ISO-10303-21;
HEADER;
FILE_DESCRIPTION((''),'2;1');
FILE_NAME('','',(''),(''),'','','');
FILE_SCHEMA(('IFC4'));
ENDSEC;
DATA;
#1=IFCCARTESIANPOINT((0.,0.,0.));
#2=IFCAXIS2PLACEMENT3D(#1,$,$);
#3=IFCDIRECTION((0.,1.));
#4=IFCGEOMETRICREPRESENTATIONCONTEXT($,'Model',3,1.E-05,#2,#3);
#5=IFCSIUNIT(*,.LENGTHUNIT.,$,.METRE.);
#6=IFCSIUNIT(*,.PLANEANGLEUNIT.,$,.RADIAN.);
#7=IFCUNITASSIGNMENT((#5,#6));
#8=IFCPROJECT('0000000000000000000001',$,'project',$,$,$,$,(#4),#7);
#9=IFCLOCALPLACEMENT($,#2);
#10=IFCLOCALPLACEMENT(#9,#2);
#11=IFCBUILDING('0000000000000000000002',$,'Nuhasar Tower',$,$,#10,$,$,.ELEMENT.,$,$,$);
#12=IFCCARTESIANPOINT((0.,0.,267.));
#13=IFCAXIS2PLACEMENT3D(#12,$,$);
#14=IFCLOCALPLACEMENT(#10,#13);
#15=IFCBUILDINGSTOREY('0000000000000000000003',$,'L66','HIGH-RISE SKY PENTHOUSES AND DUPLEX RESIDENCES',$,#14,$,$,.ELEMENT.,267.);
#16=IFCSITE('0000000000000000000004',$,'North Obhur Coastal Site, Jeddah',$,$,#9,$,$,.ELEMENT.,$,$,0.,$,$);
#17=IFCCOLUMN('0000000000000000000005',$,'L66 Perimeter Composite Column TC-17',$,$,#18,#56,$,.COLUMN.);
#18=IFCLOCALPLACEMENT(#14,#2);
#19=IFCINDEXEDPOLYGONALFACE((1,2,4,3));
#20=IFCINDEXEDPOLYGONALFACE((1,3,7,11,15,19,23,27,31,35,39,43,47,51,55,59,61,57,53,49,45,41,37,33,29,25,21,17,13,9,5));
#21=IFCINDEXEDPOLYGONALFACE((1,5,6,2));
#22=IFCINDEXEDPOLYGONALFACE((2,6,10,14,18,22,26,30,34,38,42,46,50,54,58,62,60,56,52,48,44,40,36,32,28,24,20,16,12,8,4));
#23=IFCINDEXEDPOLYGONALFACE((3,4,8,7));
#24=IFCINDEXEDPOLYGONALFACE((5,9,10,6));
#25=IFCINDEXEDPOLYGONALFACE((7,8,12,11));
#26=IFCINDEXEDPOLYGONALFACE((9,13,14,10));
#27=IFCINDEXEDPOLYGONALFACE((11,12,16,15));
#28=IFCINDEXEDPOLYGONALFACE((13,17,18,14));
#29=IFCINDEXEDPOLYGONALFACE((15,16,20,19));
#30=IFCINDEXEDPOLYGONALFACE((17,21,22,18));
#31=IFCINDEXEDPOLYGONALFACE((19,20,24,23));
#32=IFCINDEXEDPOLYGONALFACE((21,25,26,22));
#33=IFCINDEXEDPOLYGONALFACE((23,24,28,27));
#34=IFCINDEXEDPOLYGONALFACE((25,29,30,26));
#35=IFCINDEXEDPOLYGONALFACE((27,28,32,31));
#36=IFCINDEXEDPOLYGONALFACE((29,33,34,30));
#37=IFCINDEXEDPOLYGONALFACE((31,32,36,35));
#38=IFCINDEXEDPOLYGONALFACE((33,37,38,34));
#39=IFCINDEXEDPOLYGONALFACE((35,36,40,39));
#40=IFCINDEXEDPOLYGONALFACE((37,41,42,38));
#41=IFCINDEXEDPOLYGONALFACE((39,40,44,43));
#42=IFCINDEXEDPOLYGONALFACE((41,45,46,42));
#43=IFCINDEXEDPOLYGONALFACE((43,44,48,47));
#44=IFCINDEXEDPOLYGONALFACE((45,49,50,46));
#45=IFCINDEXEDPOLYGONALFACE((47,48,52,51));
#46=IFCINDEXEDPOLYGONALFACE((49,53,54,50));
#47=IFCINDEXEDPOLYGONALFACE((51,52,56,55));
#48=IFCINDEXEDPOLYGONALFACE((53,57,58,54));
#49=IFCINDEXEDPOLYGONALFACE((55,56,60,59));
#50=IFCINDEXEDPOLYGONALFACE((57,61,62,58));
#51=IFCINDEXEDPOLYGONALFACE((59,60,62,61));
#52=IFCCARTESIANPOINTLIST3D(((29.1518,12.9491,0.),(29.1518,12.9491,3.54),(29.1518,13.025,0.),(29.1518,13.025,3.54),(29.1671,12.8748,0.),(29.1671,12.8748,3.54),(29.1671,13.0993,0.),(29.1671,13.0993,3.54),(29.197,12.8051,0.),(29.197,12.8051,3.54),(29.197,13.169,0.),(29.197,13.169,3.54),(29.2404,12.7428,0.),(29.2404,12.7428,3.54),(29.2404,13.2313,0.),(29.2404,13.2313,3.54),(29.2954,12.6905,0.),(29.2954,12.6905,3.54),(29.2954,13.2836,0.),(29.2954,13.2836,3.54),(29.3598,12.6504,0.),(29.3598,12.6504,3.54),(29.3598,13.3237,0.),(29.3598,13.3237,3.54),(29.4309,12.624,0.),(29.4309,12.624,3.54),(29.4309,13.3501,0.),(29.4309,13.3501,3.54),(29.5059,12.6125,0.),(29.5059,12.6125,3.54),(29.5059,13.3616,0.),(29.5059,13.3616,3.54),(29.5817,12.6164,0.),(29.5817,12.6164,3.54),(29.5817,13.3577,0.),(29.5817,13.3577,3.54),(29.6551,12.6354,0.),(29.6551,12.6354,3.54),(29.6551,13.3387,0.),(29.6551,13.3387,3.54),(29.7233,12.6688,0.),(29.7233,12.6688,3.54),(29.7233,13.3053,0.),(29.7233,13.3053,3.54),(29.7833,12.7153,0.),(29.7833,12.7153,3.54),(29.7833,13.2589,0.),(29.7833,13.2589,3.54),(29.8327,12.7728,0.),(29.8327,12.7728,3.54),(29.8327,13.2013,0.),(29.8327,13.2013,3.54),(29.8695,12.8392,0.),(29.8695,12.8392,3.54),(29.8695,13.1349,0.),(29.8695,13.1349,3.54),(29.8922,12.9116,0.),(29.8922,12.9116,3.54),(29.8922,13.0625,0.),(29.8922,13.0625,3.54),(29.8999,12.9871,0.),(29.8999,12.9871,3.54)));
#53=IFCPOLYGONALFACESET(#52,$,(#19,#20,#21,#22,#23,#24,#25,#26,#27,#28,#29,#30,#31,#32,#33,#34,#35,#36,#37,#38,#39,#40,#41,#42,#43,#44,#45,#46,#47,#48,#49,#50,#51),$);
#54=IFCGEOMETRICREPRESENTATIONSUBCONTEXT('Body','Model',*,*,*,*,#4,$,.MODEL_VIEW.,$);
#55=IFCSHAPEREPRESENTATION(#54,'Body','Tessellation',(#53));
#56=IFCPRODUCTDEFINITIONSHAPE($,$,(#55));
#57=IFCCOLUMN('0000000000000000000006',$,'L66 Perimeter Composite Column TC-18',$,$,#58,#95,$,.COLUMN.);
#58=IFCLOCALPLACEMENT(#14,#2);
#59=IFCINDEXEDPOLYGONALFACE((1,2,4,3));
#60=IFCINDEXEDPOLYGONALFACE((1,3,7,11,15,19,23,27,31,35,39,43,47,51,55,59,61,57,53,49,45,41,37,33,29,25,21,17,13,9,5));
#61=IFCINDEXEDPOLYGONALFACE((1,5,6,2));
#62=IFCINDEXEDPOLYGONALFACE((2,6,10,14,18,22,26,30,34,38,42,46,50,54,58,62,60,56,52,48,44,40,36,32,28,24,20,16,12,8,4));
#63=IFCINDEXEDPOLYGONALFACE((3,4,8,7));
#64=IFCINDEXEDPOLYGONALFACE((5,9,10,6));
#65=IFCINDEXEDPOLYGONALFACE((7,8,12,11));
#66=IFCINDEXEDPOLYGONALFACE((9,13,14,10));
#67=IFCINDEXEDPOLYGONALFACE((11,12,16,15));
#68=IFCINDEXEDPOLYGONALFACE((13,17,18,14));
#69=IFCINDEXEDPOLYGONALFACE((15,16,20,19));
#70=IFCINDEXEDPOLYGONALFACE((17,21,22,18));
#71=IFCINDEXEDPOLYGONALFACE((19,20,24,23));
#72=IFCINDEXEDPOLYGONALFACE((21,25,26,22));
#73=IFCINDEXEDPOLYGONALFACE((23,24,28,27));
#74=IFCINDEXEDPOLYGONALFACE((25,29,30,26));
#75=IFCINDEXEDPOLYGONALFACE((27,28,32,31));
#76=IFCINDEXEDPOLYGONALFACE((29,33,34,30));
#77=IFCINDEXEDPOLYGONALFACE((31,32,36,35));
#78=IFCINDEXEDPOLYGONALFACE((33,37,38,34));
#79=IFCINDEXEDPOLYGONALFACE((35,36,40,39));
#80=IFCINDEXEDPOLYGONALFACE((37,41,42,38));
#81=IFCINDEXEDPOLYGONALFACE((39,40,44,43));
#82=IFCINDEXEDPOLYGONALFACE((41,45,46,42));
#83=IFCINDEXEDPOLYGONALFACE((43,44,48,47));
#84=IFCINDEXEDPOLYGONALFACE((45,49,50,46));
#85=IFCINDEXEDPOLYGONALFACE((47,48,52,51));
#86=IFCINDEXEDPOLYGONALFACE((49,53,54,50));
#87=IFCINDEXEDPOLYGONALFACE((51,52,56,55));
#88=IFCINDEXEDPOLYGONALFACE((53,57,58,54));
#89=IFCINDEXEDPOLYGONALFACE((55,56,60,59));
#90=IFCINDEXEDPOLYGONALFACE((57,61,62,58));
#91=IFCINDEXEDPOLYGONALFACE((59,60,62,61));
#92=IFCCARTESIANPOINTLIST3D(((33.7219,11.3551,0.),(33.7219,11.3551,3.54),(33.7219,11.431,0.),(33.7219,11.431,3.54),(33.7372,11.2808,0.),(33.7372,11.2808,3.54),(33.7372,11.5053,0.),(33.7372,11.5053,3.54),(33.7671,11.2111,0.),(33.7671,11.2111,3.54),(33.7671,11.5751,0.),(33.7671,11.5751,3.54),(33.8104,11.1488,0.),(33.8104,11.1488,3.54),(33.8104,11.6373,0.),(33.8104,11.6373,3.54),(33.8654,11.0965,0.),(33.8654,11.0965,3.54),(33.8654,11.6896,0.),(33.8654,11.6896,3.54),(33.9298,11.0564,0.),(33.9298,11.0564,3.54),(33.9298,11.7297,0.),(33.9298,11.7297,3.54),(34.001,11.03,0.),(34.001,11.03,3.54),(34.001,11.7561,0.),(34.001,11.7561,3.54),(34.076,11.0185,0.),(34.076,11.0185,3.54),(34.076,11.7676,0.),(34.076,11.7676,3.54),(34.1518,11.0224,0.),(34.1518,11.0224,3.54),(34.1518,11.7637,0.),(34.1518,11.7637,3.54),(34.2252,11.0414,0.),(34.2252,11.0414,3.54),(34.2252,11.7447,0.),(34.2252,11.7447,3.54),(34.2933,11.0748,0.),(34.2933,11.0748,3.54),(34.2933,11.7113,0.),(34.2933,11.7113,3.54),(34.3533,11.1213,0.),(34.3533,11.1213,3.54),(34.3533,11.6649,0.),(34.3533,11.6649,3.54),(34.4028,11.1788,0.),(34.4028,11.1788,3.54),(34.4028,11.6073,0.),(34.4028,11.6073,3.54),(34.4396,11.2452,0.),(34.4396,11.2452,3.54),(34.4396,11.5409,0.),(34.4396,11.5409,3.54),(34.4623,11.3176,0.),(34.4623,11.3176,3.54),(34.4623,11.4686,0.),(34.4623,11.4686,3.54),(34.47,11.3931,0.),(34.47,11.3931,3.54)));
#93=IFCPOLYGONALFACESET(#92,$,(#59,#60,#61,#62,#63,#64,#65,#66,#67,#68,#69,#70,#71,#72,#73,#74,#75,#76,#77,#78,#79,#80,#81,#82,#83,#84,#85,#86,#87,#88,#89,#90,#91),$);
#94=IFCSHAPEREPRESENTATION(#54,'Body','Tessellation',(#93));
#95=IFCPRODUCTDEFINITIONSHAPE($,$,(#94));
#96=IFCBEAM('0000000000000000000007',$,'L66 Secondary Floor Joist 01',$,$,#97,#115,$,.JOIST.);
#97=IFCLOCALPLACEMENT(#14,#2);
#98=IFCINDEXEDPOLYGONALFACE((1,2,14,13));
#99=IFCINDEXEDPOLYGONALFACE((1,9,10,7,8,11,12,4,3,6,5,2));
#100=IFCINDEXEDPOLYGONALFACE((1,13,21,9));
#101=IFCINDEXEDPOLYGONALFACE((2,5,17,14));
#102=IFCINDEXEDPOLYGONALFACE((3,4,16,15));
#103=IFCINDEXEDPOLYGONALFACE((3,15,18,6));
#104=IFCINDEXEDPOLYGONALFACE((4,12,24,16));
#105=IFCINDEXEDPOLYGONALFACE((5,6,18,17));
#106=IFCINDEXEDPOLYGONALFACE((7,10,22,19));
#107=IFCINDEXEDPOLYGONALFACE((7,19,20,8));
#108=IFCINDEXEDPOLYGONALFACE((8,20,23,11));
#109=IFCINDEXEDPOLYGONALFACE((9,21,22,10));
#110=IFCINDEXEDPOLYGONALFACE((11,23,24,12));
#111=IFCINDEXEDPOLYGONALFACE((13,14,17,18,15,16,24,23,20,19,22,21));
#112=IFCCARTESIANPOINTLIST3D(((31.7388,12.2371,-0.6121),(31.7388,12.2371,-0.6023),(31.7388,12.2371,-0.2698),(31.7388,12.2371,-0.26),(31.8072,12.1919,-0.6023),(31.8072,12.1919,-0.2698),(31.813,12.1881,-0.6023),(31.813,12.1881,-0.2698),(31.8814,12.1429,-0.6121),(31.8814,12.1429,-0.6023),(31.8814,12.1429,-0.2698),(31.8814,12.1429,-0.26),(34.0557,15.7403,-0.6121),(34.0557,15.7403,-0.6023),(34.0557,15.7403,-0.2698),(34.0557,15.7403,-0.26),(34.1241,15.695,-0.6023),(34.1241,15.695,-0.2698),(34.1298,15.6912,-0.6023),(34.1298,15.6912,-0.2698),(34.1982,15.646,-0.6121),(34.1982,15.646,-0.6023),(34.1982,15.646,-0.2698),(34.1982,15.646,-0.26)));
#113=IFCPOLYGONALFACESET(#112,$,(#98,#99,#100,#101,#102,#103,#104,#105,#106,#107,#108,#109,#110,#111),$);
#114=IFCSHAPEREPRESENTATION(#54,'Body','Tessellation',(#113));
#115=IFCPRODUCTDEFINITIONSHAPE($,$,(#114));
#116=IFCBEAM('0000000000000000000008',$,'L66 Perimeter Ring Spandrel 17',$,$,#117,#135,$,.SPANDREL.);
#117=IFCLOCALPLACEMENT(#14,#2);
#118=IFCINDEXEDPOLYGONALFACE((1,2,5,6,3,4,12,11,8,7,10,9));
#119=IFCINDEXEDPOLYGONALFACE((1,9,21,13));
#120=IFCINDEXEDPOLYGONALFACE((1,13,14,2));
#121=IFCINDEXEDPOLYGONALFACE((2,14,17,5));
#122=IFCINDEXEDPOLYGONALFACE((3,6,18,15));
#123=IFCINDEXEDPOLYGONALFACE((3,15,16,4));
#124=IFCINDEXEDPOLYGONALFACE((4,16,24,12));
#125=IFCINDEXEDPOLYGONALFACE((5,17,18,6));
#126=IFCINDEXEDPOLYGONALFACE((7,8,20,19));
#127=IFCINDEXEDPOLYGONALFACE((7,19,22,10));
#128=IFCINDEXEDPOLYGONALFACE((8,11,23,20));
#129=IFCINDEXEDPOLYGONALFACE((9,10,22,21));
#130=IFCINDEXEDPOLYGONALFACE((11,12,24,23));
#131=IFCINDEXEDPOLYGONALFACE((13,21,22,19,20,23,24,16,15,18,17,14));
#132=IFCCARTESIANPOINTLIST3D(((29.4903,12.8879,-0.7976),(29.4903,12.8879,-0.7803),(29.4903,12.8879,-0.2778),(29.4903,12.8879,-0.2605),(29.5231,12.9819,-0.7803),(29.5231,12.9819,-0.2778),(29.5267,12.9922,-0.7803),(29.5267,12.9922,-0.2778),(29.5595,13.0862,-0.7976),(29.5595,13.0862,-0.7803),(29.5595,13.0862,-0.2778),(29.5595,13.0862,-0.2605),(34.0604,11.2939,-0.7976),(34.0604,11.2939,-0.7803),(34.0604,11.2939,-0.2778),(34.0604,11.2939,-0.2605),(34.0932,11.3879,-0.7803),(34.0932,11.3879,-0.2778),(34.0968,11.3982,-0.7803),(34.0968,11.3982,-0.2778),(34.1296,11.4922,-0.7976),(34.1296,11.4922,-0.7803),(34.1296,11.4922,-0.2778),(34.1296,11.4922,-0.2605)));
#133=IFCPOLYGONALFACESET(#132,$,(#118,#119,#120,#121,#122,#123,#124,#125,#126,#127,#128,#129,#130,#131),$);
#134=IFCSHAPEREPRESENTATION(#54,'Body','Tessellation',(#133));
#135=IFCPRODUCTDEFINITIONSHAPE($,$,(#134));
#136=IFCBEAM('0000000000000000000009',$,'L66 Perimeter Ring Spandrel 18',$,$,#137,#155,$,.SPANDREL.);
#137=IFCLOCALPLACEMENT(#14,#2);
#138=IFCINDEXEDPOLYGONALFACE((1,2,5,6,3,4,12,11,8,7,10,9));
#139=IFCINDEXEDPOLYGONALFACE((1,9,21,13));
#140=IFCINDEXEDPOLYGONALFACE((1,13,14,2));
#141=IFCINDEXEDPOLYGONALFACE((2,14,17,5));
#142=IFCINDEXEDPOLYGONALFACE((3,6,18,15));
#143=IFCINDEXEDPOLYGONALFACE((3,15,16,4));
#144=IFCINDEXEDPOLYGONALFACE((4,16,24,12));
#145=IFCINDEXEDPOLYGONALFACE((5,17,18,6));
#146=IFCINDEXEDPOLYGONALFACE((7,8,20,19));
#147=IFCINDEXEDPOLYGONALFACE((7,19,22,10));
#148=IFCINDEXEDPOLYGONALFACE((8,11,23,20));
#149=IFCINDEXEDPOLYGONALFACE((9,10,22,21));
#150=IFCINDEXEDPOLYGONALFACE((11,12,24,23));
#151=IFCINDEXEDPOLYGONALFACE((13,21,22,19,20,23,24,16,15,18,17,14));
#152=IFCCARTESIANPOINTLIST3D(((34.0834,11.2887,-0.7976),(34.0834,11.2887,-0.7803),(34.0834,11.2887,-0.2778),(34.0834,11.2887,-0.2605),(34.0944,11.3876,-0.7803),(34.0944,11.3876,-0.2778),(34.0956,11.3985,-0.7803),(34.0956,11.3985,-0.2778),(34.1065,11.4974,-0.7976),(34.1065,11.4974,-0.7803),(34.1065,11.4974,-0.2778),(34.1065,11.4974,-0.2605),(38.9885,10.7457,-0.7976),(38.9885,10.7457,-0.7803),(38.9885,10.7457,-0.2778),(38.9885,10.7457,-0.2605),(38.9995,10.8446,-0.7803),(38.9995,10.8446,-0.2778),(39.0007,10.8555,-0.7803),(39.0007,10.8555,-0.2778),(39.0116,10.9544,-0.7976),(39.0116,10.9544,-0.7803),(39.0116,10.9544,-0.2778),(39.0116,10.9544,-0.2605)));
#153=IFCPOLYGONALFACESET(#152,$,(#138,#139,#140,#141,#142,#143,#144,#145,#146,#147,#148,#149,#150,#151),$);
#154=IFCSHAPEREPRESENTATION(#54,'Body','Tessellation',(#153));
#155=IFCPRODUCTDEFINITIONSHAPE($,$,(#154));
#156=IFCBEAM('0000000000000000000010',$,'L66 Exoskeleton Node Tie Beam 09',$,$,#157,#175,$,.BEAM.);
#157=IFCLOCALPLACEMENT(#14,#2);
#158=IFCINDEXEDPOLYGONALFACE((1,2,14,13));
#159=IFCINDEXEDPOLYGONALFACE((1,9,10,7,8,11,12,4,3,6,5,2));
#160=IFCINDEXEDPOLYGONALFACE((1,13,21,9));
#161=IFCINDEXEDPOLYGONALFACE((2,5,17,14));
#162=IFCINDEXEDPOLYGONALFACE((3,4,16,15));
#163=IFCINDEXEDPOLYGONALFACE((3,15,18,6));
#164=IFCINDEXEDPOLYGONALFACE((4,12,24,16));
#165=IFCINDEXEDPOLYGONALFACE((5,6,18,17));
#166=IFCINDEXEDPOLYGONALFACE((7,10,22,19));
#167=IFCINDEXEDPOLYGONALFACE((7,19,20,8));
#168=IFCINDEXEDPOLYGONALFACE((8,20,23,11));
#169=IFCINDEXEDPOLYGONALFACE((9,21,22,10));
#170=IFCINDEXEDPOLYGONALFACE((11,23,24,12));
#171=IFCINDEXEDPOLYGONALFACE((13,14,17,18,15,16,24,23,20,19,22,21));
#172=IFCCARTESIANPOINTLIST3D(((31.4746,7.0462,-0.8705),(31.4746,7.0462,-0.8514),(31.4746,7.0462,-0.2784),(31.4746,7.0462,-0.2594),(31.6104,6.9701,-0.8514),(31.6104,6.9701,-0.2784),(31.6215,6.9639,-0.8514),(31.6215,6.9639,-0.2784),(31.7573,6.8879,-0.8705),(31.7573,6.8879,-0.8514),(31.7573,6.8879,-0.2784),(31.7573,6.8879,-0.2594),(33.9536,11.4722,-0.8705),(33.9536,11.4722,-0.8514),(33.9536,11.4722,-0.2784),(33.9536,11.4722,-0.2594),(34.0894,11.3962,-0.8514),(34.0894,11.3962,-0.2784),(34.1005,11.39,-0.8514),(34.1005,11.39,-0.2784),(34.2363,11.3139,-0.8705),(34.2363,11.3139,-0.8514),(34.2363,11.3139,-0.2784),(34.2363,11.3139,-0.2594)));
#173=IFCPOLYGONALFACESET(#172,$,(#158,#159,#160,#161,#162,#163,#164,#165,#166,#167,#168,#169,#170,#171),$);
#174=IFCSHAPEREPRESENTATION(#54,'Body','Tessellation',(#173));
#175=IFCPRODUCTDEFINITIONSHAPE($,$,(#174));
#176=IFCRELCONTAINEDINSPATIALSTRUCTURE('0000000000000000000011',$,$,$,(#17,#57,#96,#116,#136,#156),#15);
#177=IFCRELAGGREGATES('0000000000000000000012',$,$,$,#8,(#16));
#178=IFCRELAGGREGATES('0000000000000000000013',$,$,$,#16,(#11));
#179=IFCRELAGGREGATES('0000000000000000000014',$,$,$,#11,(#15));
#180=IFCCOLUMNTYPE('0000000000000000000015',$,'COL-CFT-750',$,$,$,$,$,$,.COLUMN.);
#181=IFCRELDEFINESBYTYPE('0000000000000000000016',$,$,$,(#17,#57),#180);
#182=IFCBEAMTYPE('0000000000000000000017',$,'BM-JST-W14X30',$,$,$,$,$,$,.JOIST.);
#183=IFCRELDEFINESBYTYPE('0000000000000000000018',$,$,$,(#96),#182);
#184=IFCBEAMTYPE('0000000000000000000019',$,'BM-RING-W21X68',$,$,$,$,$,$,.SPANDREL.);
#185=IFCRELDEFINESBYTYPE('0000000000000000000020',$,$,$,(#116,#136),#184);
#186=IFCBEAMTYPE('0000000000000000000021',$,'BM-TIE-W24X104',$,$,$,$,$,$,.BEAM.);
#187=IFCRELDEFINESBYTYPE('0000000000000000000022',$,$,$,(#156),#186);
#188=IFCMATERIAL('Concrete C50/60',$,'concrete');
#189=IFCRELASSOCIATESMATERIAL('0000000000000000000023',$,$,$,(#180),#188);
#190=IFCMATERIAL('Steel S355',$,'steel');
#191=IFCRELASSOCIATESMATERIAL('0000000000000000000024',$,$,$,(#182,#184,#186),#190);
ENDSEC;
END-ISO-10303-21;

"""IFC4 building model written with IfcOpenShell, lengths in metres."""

from ifc_helpers import new_model, si_unit, direction, frame, origin, origin_2d, place, context, subcontext, project, spatial, circle, i_section, extrude, material, material_profile, profile_set, type_object, element, save


model = new_model("IFC4")

# Units and contexts
model_context = context("Model", 3, precision=1e-05, world=origin(), true_north=direction((0.0, 1.0)))
body_context = subcontext(model_context, "Body", "Model", "MODEL_VIEW")
ifc_project = project(units=[si_unit("LENGTHUNIT", "METRE"), si_unit("PLANEANGLEUNIT", "RADIAN")], contexts=[model_context])

# Site, building, storey
site_placement = place(None, origin())
site = spatial("IfcSite", under=ifc_project, at=site_placement, Name="North Obhur Coastal Site, Jeddah", CompositionType="ELEMENT", RefElevation=0.0)
building_placement = place(site_placement, origin())
building = spatial("IfcBuilding", under=site, at=building_placement, Name="Nuhasar Tower", CompositionType="ELEMENT")
storey_placement = place(building_placement, frame((0.0, 0.0, 267.0)))
storey = spatial("IfcBuildingStorey", under=building, at=storey_placement, Name="L66", Description="HIGH-RISE SKY PENTHOUSES AND DUPLEX RESIDENCES", CompositionType="ELEMENT", Elevation=267.0)

# Columns
ifc_material_1 = material(Name="Concrete C50/60", Category="concrete")
ifc_material_profile_1 = material_profile(ifc_material_1, circle(Radius=0.375, at=origin_2d()), Name="CFT750")
ifc_profile_set_1 = profile_set([ifc_material_profile_1], Name="Concrete C50/60")
column_type = type_object("IfcColumnType", Name="COL-CFT-750", PredefinedType="COLUMN", material=ifc_profile_set_1)
for number, where, z_axis, x_axis, name in (
    (1, (29.5249, 12.9871, 0.0), (0.0, 0.0, 1.0), (1.0, 0.0, 0.0), "L66 Perimeter Composite Column TC-17"),
    (2, (34.095, 11.3931, 0.0), (0.0, 0.0, 1.0), (1.0, 0.0, 0.0), "L66 Perimeter Composite Column TC-18"),
):
    element("IfcColumn", number, at=place(storey_placement, frame(where, z_axis=z_axis, x_axis=x_axis)), inside=storey, type_object=column_type, Name=name, PredefinedType="COLUMN", context=body_context, shape_type="SweptSolid", body=[
        extrude(circle(Radius=0.375, at=origin_2d()), origin(), (0.0, 0.0, 1.0), 3.54),
    ])

# Beams
ifc_material_2 = material(Name="Steel S355", Category="steel")
ifc_material_profile_2 = material_profile(ifc_material_2, i_section(OverallWidth=0.1709, OverallDepth=0.3521, WebThickness=0.0068, FlangeThickness=0.0098, at=origin_2d()), Name="W14X30")
ifc_profile_set_2 = profile_set([ifc_material_profile_2], Name="Steel S355")
beam_type_1 = type_object("IfcBeamType", Name="BM-JST-W14X30", PredefinedType="JOIST", material=ifc_profile_set_2)
beam_1_placement = place(storey_placement, frame((34.127, 15.6931, -0.436), z_axis=(-0.551638, -0.834084, 0.0), x_axis=(0.834084, -0.551638, 0.0)))
element("IfcBeam", 3, at=beam_1_placement, inside=storey, type_object=beam_type_1, Name="L66 Secondary Floor Joist 01", PredefinedType="JOIST", context=body_context, shape_type="SweptSolid", body=[
    extrude(i_section(OverallWidth=0.1709, OverallDepth=0.3521, WebThickness=0.0068, FlangeThickness=0.0098, at=origin_2d()), origin(), (0.0, 0.0, 1.0), 4.2),
])
ifc_material_profile_3 = material_profile(ifc_material_2, i_section(OverallWidth=0.21, OverallDepth=0.5371, WebThickness=0.011, FlangeThickness=0.0173, at=origin_2d()), Name="W21X68")
ifc_profile_set_3 = profile_set([ifc_material_profile_3], Name="Steel S355")
beam_type_2 = type_object("IfcBeamType", Name="BM-RING-W21X68", PredefinedType="SPANDREL", material=ifc_profile_set_3)
beam_2_placement = place(storey_placement, frame((29.5249, 12.9871, -0.5291), z_axis=(0.944214, -0.329332, 0.0), x_axis=(0.329332, 0.944214, 0.0)))
element("IfcBeam", 4, at=beam_2_placement, inside=storey, type_object=beam_type_2, Name="L66 Perimeter Ring Spandrel 17", PredefinedType="SPANDREL", context=body_context, shape_type="SweptSolid", body=[
    extrude(i_section(OverallWidth=0.21, OverallDepth=0.5371, WebThickness=0.011, FlangeThickness=0.0173, at=origin_2d()), origin(), (0.0, 0.0, 1.0), 4.8401),
])
beam_3_placement = place(storey_placement, frame((34.095, 11.3931, -0.5291), z_axis=(0.993929, -0.110024, 0.0), x_axis=(0.110024, 0.993929, 0.0)))
element("IfcBeam", 5, at=beam_3_placement, inside=storey, type_object=beam_type_2, Name="L66 Perimeter Ring Spandrel 18", PredefinedType="SPANDREL", context=body_context, shape_type="SweptSolid", body=[
    extrude(i_section(OverallWidth=0.21, OverallDepth=0.5371, WebThickness=0.011, FlangeThickness=0.0173, at=origin_2d()), origin(), (0.0, 0.0, 1.0), 4.9351),
])
ifc_material_profile_4 = material_profile(ifc_material_2, i_section(OverallWidth=0.324, OverallDepth=0.6111, WebThickness=0.0127, FlangeThickness=0.019, at=origin_2d()), Name="W24X104")
ifc_profile_set_4 = profile_set([ifc_material_profile_4], Name="Steel S355")
beam_type_3 = type_object("IfcBeamType", Name="BM-TIE-W24X104", PredefinedType="BEAM", material=ifc_profile_set_4)
beam_4_placement = place(storey_placement, frame((34.095, 11.3931, -0.5649), z_axis=(-0.488668, -0.87247, 0.0), x_axis=(0.87247, -0.488668, 0.0)))
element("IfcBeam", 6, at=beam_4_placement, inside=storey, type_object=beam_type_3, Name="L66 Exoskeleton Node Tie Beam 09", PredefinedType="BEAM", context=body_context, shape_type="SweptSolid", body=[
    extrude(i_section(OverallWidth=0.324, OverallDepth=0.6111, WebThickness=0.0127, FlangeThickness=0.019, at=origin_2d()), origin(), (0.0, 0.0, 1.0), 5.073),
])

save(model, "model.ifc")
